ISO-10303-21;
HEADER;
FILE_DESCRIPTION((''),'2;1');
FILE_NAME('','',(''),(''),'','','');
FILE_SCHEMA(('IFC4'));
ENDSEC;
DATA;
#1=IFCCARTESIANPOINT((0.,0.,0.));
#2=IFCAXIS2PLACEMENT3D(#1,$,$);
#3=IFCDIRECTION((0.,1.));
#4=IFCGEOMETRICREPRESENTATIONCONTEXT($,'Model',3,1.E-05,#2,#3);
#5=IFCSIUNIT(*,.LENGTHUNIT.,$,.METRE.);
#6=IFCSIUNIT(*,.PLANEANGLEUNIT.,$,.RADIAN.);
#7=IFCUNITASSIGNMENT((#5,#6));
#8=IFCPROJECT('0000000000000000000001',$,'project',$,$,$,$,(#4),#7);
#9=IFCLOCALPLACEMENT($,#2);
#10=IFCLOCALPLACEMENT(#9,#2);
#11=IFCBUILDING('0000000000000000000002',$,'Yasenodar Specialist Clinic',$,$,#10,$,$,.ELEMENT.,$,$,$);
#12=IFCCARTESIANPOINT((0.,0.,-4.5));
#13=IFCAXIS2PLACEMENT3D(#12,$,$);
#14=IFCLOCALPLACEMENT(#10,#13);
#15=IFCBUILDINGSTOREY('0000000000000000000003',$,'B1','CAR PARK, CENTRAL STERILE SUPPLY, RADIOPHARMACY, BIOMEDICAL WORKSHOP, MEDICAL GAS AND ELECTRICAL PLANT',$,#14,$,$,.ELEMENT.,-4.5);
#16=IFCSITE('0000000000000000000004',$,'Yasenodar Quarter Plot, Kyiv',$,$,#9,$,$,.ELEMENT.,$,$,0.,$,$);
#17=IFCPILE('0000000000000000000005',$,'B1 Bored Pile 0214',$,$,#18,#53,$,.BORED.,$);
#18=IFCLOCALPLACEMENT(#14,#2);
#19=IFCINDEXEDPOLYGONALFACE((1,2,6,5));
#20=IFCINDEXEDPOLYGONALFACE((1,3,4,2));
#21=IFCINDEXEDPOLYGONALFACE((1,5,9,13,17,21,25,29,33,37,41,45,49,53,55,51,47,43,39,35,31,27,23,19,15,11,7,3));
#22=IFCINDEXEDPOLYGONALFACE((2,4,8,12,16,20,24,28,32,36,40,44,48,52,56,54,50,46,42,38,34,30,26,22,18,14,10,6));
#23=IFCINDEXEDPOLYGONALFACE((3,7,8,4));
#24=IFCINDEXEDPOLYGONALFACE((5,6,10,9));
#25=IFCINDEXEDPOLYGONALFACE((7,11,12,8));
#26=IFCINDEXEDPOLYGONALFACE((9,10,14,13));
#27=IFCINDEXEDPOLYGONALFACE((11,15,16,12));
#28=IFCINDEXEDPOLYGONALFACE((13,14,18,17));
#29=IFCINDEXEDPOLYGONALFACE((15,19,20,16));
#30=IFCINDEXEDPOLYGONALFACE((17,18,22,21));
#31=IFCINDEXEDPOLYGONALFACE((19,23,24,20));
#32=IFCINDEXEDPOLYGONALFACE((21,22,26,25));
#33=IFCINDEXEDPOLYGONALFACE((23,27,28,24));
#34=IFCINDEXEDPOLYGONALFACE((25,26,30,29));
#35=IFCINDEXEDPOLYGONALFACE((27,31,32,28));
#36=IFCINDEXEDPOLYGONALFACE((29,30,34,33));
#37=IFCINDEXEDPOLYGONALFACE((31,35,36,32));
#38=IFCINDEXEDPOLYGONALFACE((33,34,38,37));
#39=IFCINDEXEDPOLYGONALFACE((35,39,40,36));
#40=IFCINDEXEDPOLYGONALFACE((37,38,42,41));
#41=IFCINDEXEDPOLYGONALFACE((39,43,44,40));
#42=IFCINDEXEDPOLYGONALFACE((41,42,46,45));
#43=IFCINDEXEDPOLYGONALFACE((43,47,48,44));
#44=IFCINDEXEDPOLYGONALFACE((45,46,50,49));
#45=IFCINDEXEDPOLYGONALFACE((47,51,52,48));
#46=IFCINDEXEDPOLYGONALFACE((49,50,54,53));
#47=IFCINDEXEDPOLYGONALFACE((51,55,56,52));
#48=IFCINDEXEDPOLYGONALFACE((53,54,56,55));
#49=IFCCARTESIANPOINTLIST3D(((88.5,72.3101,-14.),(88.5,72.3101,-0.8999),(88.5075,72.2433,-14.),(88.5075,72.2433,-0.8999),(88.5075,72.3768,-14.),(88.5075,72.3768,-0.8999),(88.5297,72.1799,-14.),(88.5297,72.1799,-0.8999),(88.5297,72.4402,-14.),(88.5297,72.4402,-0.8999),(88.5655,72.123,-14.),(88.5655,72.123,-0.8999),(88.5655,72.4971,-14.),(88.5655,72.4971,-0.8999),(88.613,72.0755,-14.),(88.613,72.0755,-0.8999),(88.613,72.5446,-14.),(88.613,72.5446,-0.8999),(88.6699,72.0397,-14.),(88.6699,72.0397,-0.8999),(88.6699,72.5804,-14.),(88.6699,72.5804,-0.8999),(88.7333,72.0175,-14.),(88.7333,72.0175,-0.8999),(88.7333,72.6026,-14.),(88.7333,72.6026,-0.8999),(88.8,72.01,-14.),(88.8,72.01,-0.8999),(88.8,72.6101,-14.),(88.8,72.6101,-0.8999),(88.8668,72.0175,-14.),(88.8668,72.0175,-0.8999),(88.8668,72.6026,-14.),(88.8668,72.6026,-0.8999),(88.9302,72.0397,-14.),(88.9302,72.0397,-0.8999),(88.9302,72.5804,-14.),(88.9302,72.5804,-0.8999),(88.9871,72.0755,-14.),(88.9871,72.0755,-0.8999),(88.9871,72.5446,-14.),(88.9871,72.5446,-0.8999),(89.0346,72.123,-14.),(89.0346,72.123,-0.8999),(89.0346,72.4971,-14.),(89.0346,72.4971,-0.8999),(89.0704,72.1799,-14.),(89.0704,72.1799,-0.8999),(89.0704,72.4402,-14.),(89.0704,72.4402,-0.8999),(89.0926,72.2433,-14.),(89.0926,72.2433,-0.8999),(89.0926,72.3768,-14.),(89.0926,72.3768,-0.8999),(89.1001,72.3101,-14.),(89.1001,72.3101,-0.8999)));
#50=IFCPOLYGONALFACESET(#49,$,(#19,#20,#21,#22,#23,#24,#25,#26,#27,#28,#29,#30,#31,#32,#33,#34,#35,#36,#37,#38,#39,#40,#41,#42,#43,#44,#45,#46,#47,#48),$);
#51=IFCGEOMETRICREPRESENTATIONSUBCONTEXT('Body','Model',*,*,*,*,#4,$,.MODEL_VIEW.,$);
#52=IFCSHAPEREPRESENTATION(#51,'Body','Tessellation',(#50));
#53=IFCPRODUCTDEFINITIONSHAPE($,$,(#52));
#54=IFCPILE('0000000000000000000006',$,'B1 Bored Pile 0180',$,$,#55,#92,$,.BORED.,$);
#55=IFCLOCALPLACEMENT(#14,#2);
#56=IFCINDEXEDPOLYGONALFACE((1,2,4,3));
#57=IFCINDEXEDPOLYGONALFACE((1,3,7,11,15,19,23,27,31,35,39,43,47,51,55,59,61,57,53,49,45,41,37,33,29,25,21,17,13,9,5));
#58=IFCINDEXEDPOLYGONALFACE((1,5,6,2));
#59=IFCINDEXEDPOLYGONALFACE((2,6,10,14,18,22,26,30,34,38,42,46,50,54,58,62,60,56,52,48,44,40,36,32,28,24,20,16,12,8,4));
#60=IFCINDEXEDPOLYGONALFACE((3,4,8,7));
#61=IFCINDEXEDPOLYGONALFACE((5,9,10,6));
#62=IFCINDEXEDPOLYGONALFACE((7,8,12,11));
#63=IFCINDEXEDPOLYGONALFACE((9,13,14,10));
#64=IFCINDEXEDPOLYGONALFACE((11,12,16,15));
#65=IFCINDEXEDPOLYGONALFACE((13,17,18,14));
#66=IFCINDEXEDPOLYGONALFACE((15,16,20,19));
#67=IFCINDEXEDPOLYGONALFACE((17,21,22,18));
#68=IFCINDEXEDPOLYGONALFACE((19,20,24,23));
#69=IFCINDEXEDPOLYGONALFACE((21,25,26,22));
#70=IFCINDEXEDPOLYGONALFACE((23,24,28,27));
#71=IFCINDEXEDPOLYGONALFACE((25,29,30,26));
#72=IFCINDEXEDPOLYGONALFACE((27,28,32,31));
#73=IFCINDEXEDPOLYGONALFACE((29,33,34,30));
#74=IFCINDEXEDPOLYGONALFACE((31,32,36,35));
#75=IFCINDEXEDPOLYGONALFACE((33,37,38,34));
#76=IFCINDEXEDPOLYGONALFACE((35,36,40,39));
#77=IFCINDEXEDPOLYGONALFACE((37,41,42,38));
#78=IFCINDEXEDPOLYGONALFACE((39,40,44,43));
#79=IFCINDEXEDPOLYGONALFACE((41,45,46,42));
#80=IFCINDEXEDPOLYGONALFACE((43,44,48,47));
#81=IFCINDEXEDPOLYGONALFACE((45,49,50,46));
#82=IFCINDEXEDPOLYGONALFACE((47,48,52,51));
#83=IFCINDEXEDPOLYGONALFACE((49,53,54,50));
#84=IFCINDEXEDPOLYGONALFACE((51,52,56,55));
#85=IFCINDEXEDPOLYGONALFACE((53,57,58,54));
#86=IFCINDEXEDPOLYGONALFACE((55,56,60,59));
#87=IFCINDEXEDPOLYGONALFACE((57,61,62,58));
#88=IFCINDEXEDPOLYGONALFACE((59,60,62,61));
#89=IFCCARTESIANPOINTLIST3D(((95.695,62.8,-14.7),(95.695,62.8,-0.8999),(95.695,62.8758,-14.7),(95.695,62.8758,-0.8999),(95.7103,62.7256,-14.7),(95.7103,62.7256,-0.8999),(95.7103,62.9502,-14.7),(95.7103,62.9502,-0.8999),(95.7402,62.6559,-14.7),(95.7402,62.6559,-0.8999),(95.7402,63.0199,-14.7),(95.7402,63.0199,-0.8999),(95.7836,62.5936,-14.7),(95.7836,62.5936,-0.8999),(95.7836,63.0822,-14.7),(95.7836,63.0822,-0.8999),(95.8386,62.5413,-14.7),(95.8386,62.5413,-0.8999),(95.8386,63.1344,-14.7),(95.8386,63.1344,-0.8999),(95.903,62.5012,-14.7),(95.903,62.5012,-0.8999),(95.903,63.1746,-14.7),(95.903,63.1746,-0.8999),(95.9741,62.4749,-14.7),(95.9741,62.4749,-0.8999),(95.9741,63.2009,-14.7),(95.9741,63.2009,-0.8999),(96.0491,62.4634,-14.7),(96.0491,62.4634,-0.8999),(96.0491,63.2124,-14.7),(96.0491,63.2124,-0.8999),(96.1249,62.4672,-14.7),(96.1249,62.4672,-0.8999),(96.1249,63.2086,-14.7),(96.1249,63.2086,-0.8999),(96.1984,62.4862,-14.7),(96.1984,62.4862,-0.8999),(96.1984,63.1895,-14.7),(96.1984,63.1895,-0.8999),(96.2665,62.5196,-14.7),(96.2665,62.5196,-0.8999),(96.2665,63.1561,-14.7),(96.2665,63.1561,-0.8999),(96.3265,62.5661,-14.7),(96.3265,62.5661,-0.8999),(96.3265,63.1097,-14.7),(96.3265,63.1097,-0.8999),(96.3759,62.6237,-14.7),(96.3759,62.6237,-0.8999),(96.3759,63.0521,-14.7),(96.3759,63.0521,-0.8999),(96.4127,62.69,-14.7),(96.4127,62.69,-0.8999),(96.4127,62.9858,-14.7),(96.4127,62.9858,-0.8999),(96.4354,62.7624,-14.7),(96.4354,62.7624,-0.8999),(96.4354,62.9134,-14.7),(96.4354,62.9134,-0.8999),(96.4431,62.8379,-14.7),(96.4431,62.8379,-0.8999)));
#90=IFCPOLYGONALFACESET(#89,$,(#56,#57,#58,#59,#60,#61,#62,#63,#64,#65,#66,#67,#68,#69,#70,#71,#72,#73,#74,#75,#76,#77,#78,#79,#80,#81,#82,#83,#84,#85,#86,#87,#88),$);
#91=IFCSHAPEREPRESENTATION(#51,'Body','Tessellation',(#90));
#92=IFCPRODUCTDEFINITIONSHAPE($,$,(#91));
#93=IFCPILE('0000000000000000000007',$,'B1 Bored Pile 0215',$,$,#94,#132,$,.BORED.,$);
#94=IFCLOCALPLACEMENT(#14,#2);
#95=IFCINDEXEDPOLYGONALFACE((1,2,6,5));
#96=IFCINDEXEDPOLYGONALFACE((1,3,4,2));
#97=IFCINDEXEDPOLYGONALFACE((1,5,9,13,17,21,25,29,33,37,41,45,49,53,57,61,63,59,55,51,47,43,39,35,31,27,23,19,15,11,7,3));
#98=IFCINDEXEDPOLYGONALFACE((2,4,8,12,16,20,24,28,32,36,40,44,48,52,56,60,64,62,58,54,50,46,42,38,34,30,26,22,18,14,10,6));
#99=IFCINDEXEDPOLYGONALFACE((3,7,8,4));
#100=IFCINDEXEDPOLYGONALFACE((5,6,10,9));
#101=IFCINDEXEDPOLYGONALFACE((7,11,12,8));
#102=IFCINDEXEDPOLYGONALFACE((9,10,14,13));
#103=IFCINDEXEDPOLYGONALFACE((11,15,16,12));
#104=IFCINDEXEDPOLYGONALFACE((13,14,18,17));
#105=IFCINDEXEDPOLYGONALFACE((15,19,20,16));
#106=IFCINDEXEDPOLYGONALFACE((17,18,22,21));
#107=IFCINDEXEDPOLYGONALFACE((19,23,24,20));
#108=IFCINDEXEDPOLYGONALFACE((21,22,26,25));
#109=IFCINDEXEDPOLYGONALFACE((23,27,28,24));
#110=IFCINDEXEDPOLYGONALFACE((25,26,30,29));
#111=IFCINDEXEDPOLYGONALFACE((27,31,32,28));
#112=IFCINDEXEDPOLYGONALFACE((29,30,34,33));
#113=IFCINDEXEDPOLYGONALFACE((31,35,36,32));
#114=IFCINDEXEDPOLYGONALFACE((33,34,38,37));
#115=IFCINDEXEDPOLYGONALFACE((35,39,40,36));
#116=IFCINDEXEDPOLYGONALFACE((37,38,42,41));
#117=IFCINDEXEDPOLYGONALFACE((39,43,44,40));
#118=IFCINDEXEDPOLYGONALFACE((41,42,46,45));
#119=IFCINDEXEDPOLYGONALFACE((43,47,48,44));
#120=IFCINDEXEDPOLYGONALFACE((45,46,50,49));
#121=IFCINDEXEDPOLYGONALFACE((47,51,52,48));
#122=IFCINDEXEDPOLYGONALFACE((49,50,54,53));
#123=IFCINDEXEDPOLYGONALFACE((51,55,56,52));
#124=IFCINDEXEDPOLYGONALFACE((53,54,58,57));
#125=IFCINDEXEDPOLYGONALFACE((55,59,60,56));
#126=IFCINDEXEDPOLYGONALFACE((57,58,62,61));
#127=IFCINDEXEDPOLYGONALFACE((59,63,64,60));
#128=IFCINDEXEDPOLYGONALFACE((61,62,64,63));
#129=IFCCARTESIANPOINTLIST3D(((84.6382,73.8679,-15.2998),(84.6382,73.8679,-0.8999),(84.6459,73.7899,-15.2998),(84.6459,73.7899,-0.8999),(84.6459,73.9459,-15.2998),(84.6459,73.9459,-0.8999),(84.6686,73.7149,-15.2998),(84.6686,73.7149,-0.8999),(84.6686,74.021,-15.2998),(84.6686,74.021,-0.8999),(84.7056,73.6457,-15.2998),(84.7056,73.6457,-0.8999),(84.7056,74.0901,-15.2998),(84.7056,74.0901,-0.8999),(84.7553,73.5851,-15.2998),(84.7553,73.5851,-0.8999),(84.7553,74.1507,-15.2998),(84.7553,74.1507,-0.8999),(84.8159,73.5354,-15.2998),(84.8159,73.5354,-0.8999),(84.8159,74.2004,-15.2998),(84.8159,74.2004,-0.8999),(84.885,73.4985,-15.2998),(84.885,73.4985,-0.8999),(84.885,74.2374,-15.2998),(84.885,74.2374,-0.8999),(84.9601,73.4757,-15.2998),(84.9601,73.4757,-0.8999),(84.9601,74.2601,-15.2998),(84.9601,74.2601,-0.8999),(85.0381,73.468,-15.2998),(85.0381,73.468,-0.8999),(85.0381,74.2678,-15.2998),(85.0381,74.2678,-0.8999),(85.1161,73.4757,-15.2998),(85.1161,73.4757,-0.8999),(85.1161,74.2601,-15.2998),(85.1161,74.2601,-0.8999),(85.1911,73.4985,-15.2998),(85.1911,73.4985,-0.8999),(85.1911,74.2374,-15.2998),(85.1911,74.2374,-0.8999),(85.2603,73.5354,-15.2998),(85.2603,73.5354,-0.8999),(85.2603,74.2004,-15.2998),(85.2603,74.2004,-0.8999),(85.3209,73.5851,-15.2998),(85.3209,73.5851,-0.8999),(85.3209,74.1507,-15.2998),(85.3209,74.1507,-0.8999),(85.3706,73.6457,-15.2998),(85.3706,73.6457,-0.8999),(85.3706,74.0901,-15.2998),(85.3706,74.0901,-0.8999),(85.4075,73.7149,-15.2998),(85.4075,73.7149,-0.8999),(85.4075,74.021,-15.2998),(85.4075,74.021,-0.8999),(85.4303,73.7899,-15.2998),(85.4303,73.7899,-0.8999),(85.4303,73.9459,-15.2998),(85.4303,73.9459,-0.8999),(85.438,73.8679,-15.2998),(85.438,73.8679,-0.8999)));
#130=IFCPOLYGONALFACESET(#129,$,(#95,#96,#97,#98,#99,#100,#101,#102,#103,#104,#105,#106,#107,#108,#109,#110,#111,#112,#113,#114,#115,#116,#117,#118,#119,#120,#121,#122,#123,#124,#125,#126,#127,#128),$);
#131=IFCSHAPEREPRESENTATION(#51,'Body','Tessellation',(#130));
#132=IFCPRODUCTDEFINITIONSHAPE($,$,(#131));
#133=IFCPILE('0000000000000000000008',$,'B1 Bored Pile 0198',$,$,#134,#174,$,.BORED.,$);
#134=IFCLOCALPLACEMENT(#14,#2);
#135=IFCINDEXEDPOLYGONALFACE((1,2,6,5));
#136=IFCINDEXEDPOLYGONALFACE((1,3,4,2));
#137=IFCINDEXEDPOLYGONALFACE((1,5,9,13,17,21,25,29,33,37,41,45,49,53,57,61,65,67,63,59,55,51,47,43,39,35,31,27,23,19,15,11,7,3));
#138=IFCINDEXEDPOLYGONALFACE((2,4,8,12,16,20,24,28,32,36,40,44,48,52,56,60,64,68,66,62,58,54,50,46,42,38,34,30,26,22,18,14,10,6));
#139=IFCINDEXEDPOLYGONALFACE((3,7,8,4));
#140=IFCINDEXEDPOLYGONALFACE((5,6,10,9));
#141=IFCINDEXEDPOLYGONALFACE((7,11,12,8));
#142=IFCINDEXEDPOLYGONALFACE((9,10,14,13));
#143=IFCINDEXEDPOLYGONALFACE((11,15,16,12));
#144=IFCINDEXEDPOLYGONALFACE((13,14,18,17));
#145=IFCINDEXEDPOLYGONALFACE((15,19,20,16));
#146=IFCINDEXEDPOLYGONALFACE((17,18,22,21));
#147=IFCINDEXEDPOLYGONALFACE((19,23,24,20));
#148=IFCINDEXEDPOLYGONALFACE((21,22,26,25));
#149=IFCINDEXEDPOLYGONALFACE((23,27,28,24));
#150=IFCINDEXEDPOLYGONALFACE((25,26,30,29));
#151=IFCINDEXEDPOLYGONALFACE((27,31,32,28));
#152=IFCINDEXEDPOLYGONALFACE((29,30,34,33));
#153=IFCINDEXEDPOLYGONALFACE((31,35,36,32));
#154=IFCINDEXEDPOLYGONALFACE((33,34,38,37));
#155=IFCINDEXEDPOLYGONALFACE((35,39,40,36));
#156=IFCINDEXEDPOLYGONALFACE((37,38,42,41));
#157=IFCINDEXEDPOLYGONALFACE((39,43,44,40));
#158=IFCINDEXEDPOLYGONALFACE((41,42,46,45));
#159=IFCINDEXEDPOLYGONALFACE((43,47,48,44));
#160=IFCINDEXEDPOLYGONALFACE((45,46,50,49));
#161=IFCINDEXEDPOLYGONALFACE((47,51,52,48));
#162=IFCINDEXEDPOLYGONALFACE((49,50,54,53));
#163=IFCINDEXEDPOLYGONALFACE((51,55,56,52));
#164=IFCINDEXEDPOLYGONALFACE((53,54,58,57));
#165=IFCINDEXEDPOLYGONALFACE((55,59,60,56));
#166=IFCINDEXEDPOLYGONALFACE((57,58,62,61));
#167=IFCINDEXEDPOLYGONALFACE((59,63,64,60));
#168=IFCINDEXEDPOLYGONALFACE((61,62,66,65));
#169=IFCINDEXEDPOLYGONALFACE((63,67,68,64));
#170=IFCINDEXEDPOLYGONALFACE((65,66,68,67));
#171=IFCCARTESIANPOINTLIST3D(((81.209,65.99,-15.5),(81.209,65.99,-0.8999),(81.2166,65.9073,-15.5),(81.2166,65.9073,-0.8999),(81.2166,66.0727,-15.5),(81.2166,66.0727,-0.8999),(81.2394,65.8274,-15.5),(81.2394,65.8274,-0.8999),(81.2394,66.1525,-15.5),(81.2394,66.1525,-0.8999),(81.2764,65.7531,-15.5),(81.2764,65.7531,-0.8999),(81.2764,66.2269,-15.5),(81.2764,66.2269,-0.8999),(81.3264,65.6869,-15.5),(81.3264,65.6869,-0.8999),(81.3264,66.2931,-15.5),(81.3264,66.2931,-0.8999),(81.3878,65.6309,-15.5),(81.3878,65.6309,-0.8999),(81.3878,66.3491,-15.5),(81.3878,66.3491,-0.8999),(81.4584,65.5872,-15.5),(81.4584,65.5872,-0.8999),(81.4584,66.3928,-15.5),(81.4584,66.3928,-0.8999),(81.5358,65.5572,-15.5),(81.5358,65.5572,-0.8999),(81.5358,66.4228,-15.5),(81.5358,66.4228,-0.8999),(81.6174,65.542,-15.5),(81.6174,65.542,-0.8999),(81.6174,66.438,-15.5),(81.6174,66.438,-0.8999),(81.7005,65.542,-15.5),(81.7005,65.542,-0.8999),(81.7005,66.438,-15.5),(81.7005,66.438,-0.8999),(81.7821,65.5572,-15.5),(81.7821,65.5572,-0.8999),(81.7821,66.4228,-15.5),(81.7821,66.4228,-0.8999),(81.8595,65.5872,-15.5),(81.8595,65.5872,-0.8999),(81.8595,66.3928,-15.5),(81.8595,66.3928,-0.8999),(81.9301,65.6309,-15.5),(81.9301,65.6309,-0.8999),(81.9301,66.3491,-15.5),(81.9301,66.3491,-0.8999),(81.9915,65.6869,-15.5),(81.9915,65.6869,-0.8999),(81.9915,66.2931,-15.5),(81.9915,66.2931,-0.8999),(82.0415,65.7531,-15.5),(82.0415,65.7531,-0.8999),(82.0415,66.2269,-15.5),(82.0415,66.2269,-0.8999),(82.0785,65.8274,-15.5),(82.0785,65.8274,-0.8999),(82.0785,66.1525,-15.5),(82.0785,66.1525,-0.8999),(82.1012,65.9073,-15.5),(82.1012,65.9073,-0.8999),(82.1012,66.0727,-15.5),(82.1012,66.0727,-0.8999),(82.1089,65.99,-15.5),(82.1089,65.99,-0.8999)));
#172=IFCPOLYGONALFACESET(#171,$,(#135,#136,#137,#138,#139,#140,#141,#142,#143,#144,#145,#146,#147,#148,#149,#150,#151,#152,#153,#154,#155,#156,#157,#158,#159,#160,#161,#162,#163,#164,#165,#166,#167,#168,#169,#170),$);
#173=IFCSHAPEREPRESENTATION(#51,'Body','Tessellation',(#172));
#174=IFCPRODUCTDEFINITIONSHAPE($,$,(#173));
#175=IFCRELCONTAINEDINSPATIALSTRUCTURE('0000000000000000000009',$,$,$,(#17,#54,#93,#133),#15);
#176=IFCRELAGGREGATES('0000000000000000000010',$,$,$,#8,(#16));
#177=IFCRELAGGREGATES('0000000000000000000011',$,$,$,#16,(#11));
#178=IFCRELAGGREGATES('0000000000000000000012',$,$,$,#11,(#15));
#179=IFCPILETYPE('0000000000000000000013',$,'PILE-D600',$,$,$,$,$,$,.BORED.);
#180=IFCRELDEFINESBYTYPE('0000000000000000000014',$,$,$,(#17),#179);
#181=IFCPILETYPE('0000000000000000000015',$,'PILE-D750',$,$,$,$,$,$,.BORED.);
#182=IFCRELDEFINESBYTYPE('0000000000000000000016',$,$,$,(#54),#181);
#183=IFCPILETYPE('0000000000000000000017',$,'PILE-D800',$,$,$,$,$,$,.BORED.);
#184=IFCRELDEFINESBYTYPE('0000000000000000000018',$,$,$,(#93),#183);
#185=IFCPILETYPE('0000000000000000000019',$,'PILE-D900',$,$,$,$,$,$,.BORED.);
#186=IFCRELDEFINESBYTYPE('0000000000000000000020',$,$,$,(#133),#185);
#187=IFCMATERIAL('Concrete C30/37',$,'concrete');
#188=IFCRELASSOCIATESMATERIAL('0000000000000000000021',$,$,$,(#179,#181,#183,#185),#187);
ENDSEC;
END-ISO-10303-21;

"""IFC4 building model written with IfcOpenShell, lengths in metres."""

from ifc_helpers import new_model, si_unit, direction, frame, origin, origin_2d, place, context, subcontext, project, spatial, circle, extrude, material, material_profile, profile_set, type_object, element, save


model = new_model("IFC4")

# Units and contexts
model_context = context("Model", 3, precision=1e-05, world=origin(), true_north=direction((0.0, 1.0)))
body_context = subcontext(model_context, "Body", "Model", "MODEL_VIEW")
ifc_project = project(units=[si_unit("LENGTHUNIT", "METRE"), si_unit("PLANEANGLEUNIT", "RADIAN")], contexts=[model_context])

# Site, building, storey
site_placement = place(None, origin())
site = spatial("IfcSite", under=ifc_project, at=site_placement, Name="Yasenodar Quarter Plot, Kyiv", CompositionType="ELEMENT", RefElevation=0.0)
building_placement = place(site_placement, origin())
building = spatial("IfcBuilding", under=site, at=building_placement, Name="Yasenodar Specialist Clinic", CompositionType="ELEMENT")
storey_placement = place(building_placement, frame((0.0, 0.0, -4.5)))
storey = spatial("IfcBuildingStorey", under=building, at=storey_placement, Name="B1", Description="CAR PARK, CENTRAL STERILE SUPPLY, RADIOPHARMACY, BIOMEDICAL WORKSHOP, MEDICAL GAS AND ELECTRICAL PLANT", CompositionType="ELEMENT", Elevation=-4.5)

# Piles
ifc_material_1 = material(Name="Concrete C30/37", Category="concrete")
ifc_material_profile_1 = material_profile(ifc_material_1, circle(Radius=0.3, at=origin_2d()), Name="PILE D600")
ifc_profile_set_1 = profile_set([ifc_material_profile_1], Name="Concrete C30/37")
pile_type_1 = type_object("IfcPileType", Name="PILE-D600", PredefinedType="BORED", material=ifc_profile_set_1)
for number, where, z_axis, x_axis, name in (
    (1, (88.8, 72.3101, -0.8999), (0.0, 0.0, -1.0), (1.0, 0.0, 0.0), "B1 Bored Pile 0214"),
):
    element("IfcPile", number, at=place(storey_placement, frame(where, z_axis=z_axis, x_axis=x_axis)), inside=storey, type_object=pile_type_1, Name=name, PredefinedType="BORED", context=body_context, shape_type="SweptSolid", body=[
        extrude(circle(Radius=0.3, at=origin_2d()), origin(), (0.0, 0.0, 1.0), 13.1001),
    ])
ifc_material_profile_2 = material_profile(ifc_material_1, circle(Radius=0.375, at=origin_2d()), Name="PILE D750")
ifc_profile_set_2 = profile_set([ifc_material_profile_2], Name="Concrete C30/37")
pile_type_2 = type_object("IfcPileType", Name="PILE-D750", PredefinedType="BORED", material=ifc_profile_set_2)
pile_1_placement = place(storey_placement, frame((96.0681, 62.8379, -0.8999), z_axis=(0.0, 0.0, -1.0), x_axis=(1.0, 0.0, 0.0)))
element("IfcPile", 2, at=pile_1_placement, inside=storey, type_object=pile_type_2, Name="B1 Bored Pile 0180", PredefinedType="BORED", context=body_context, shape_type="SweptSolid", body=[
    extrude(circle(Radius=0.375, at=origin_2d()), origin(), (0.0, 0.0, 1.0), 13.8),
])
ifc_material_profile_3 = material_profile(ifc_material_1, circle(Radius=0.3999, at=origin_2d()), Name="PILE D800")
ifc_profile_set_3 = profile_set([ifc_material_profile_3], Name="Concrete C30/37")
pile_type_3 = type_object("IfcPileType", Name="PILE-D800", PredefinedType="BORED", material=ifc_profile_set_3)
pile_2_placement = place(storey_placement, frame((85.0381, 73.8679, -0.8999), z_axis=(0.0, 0.0, -1.0), x_axis=(1.0, 0.0, 0.0)))
element("IfcPile", 3, at=pile_2_placement, inside=storey, type_object=pile_type_3, Name="B1 Bored Pile 0215", PredefinedType="BORED", context=body_context, shape_type="SweptSolid", body=[
    extrude(circle(Radius=0.3999, at=origin_2d()), origin(), (0.0, 0.0, 1.0), 14.3999),
])
ifc_material_profile_4 = material_profile(ifc_material_1, circle(Radius=0.45, at=origin_2d()), Name="PILE D900")
ifc_profile_set_4 = profile_set([ifc_material_profile_4], Name="Concrete C30/37")
pile_type_4 = type_object("IfcPileType", Name="PILE-D900", PredefinedType="BORED", material=ifc_profile_set_4)
for number, where, z_axis, x_axis, name in (
    (4, (81.6589, 65.99, -0.8999), (0.0, 0.0, -1.0), (1.0, 0.0, 0.0), "B1 Bored Pile 0198"),
):
    element("IfcPile", number, at=place(storey_placement, frame(where, z_axis=z_axis, x_axis=x_axis)), inside=storey, type_object=pile_type_4, Name=name, PredefinedType="BORED", context=body_context, shape_type="SweptSolid", body=[
        extrude(circle(Radius=0.45, at=origin_2d()), origin(), (0.0, 0.0, 1.0), 14.6001),
    ])

save(model, "model.ifc")
